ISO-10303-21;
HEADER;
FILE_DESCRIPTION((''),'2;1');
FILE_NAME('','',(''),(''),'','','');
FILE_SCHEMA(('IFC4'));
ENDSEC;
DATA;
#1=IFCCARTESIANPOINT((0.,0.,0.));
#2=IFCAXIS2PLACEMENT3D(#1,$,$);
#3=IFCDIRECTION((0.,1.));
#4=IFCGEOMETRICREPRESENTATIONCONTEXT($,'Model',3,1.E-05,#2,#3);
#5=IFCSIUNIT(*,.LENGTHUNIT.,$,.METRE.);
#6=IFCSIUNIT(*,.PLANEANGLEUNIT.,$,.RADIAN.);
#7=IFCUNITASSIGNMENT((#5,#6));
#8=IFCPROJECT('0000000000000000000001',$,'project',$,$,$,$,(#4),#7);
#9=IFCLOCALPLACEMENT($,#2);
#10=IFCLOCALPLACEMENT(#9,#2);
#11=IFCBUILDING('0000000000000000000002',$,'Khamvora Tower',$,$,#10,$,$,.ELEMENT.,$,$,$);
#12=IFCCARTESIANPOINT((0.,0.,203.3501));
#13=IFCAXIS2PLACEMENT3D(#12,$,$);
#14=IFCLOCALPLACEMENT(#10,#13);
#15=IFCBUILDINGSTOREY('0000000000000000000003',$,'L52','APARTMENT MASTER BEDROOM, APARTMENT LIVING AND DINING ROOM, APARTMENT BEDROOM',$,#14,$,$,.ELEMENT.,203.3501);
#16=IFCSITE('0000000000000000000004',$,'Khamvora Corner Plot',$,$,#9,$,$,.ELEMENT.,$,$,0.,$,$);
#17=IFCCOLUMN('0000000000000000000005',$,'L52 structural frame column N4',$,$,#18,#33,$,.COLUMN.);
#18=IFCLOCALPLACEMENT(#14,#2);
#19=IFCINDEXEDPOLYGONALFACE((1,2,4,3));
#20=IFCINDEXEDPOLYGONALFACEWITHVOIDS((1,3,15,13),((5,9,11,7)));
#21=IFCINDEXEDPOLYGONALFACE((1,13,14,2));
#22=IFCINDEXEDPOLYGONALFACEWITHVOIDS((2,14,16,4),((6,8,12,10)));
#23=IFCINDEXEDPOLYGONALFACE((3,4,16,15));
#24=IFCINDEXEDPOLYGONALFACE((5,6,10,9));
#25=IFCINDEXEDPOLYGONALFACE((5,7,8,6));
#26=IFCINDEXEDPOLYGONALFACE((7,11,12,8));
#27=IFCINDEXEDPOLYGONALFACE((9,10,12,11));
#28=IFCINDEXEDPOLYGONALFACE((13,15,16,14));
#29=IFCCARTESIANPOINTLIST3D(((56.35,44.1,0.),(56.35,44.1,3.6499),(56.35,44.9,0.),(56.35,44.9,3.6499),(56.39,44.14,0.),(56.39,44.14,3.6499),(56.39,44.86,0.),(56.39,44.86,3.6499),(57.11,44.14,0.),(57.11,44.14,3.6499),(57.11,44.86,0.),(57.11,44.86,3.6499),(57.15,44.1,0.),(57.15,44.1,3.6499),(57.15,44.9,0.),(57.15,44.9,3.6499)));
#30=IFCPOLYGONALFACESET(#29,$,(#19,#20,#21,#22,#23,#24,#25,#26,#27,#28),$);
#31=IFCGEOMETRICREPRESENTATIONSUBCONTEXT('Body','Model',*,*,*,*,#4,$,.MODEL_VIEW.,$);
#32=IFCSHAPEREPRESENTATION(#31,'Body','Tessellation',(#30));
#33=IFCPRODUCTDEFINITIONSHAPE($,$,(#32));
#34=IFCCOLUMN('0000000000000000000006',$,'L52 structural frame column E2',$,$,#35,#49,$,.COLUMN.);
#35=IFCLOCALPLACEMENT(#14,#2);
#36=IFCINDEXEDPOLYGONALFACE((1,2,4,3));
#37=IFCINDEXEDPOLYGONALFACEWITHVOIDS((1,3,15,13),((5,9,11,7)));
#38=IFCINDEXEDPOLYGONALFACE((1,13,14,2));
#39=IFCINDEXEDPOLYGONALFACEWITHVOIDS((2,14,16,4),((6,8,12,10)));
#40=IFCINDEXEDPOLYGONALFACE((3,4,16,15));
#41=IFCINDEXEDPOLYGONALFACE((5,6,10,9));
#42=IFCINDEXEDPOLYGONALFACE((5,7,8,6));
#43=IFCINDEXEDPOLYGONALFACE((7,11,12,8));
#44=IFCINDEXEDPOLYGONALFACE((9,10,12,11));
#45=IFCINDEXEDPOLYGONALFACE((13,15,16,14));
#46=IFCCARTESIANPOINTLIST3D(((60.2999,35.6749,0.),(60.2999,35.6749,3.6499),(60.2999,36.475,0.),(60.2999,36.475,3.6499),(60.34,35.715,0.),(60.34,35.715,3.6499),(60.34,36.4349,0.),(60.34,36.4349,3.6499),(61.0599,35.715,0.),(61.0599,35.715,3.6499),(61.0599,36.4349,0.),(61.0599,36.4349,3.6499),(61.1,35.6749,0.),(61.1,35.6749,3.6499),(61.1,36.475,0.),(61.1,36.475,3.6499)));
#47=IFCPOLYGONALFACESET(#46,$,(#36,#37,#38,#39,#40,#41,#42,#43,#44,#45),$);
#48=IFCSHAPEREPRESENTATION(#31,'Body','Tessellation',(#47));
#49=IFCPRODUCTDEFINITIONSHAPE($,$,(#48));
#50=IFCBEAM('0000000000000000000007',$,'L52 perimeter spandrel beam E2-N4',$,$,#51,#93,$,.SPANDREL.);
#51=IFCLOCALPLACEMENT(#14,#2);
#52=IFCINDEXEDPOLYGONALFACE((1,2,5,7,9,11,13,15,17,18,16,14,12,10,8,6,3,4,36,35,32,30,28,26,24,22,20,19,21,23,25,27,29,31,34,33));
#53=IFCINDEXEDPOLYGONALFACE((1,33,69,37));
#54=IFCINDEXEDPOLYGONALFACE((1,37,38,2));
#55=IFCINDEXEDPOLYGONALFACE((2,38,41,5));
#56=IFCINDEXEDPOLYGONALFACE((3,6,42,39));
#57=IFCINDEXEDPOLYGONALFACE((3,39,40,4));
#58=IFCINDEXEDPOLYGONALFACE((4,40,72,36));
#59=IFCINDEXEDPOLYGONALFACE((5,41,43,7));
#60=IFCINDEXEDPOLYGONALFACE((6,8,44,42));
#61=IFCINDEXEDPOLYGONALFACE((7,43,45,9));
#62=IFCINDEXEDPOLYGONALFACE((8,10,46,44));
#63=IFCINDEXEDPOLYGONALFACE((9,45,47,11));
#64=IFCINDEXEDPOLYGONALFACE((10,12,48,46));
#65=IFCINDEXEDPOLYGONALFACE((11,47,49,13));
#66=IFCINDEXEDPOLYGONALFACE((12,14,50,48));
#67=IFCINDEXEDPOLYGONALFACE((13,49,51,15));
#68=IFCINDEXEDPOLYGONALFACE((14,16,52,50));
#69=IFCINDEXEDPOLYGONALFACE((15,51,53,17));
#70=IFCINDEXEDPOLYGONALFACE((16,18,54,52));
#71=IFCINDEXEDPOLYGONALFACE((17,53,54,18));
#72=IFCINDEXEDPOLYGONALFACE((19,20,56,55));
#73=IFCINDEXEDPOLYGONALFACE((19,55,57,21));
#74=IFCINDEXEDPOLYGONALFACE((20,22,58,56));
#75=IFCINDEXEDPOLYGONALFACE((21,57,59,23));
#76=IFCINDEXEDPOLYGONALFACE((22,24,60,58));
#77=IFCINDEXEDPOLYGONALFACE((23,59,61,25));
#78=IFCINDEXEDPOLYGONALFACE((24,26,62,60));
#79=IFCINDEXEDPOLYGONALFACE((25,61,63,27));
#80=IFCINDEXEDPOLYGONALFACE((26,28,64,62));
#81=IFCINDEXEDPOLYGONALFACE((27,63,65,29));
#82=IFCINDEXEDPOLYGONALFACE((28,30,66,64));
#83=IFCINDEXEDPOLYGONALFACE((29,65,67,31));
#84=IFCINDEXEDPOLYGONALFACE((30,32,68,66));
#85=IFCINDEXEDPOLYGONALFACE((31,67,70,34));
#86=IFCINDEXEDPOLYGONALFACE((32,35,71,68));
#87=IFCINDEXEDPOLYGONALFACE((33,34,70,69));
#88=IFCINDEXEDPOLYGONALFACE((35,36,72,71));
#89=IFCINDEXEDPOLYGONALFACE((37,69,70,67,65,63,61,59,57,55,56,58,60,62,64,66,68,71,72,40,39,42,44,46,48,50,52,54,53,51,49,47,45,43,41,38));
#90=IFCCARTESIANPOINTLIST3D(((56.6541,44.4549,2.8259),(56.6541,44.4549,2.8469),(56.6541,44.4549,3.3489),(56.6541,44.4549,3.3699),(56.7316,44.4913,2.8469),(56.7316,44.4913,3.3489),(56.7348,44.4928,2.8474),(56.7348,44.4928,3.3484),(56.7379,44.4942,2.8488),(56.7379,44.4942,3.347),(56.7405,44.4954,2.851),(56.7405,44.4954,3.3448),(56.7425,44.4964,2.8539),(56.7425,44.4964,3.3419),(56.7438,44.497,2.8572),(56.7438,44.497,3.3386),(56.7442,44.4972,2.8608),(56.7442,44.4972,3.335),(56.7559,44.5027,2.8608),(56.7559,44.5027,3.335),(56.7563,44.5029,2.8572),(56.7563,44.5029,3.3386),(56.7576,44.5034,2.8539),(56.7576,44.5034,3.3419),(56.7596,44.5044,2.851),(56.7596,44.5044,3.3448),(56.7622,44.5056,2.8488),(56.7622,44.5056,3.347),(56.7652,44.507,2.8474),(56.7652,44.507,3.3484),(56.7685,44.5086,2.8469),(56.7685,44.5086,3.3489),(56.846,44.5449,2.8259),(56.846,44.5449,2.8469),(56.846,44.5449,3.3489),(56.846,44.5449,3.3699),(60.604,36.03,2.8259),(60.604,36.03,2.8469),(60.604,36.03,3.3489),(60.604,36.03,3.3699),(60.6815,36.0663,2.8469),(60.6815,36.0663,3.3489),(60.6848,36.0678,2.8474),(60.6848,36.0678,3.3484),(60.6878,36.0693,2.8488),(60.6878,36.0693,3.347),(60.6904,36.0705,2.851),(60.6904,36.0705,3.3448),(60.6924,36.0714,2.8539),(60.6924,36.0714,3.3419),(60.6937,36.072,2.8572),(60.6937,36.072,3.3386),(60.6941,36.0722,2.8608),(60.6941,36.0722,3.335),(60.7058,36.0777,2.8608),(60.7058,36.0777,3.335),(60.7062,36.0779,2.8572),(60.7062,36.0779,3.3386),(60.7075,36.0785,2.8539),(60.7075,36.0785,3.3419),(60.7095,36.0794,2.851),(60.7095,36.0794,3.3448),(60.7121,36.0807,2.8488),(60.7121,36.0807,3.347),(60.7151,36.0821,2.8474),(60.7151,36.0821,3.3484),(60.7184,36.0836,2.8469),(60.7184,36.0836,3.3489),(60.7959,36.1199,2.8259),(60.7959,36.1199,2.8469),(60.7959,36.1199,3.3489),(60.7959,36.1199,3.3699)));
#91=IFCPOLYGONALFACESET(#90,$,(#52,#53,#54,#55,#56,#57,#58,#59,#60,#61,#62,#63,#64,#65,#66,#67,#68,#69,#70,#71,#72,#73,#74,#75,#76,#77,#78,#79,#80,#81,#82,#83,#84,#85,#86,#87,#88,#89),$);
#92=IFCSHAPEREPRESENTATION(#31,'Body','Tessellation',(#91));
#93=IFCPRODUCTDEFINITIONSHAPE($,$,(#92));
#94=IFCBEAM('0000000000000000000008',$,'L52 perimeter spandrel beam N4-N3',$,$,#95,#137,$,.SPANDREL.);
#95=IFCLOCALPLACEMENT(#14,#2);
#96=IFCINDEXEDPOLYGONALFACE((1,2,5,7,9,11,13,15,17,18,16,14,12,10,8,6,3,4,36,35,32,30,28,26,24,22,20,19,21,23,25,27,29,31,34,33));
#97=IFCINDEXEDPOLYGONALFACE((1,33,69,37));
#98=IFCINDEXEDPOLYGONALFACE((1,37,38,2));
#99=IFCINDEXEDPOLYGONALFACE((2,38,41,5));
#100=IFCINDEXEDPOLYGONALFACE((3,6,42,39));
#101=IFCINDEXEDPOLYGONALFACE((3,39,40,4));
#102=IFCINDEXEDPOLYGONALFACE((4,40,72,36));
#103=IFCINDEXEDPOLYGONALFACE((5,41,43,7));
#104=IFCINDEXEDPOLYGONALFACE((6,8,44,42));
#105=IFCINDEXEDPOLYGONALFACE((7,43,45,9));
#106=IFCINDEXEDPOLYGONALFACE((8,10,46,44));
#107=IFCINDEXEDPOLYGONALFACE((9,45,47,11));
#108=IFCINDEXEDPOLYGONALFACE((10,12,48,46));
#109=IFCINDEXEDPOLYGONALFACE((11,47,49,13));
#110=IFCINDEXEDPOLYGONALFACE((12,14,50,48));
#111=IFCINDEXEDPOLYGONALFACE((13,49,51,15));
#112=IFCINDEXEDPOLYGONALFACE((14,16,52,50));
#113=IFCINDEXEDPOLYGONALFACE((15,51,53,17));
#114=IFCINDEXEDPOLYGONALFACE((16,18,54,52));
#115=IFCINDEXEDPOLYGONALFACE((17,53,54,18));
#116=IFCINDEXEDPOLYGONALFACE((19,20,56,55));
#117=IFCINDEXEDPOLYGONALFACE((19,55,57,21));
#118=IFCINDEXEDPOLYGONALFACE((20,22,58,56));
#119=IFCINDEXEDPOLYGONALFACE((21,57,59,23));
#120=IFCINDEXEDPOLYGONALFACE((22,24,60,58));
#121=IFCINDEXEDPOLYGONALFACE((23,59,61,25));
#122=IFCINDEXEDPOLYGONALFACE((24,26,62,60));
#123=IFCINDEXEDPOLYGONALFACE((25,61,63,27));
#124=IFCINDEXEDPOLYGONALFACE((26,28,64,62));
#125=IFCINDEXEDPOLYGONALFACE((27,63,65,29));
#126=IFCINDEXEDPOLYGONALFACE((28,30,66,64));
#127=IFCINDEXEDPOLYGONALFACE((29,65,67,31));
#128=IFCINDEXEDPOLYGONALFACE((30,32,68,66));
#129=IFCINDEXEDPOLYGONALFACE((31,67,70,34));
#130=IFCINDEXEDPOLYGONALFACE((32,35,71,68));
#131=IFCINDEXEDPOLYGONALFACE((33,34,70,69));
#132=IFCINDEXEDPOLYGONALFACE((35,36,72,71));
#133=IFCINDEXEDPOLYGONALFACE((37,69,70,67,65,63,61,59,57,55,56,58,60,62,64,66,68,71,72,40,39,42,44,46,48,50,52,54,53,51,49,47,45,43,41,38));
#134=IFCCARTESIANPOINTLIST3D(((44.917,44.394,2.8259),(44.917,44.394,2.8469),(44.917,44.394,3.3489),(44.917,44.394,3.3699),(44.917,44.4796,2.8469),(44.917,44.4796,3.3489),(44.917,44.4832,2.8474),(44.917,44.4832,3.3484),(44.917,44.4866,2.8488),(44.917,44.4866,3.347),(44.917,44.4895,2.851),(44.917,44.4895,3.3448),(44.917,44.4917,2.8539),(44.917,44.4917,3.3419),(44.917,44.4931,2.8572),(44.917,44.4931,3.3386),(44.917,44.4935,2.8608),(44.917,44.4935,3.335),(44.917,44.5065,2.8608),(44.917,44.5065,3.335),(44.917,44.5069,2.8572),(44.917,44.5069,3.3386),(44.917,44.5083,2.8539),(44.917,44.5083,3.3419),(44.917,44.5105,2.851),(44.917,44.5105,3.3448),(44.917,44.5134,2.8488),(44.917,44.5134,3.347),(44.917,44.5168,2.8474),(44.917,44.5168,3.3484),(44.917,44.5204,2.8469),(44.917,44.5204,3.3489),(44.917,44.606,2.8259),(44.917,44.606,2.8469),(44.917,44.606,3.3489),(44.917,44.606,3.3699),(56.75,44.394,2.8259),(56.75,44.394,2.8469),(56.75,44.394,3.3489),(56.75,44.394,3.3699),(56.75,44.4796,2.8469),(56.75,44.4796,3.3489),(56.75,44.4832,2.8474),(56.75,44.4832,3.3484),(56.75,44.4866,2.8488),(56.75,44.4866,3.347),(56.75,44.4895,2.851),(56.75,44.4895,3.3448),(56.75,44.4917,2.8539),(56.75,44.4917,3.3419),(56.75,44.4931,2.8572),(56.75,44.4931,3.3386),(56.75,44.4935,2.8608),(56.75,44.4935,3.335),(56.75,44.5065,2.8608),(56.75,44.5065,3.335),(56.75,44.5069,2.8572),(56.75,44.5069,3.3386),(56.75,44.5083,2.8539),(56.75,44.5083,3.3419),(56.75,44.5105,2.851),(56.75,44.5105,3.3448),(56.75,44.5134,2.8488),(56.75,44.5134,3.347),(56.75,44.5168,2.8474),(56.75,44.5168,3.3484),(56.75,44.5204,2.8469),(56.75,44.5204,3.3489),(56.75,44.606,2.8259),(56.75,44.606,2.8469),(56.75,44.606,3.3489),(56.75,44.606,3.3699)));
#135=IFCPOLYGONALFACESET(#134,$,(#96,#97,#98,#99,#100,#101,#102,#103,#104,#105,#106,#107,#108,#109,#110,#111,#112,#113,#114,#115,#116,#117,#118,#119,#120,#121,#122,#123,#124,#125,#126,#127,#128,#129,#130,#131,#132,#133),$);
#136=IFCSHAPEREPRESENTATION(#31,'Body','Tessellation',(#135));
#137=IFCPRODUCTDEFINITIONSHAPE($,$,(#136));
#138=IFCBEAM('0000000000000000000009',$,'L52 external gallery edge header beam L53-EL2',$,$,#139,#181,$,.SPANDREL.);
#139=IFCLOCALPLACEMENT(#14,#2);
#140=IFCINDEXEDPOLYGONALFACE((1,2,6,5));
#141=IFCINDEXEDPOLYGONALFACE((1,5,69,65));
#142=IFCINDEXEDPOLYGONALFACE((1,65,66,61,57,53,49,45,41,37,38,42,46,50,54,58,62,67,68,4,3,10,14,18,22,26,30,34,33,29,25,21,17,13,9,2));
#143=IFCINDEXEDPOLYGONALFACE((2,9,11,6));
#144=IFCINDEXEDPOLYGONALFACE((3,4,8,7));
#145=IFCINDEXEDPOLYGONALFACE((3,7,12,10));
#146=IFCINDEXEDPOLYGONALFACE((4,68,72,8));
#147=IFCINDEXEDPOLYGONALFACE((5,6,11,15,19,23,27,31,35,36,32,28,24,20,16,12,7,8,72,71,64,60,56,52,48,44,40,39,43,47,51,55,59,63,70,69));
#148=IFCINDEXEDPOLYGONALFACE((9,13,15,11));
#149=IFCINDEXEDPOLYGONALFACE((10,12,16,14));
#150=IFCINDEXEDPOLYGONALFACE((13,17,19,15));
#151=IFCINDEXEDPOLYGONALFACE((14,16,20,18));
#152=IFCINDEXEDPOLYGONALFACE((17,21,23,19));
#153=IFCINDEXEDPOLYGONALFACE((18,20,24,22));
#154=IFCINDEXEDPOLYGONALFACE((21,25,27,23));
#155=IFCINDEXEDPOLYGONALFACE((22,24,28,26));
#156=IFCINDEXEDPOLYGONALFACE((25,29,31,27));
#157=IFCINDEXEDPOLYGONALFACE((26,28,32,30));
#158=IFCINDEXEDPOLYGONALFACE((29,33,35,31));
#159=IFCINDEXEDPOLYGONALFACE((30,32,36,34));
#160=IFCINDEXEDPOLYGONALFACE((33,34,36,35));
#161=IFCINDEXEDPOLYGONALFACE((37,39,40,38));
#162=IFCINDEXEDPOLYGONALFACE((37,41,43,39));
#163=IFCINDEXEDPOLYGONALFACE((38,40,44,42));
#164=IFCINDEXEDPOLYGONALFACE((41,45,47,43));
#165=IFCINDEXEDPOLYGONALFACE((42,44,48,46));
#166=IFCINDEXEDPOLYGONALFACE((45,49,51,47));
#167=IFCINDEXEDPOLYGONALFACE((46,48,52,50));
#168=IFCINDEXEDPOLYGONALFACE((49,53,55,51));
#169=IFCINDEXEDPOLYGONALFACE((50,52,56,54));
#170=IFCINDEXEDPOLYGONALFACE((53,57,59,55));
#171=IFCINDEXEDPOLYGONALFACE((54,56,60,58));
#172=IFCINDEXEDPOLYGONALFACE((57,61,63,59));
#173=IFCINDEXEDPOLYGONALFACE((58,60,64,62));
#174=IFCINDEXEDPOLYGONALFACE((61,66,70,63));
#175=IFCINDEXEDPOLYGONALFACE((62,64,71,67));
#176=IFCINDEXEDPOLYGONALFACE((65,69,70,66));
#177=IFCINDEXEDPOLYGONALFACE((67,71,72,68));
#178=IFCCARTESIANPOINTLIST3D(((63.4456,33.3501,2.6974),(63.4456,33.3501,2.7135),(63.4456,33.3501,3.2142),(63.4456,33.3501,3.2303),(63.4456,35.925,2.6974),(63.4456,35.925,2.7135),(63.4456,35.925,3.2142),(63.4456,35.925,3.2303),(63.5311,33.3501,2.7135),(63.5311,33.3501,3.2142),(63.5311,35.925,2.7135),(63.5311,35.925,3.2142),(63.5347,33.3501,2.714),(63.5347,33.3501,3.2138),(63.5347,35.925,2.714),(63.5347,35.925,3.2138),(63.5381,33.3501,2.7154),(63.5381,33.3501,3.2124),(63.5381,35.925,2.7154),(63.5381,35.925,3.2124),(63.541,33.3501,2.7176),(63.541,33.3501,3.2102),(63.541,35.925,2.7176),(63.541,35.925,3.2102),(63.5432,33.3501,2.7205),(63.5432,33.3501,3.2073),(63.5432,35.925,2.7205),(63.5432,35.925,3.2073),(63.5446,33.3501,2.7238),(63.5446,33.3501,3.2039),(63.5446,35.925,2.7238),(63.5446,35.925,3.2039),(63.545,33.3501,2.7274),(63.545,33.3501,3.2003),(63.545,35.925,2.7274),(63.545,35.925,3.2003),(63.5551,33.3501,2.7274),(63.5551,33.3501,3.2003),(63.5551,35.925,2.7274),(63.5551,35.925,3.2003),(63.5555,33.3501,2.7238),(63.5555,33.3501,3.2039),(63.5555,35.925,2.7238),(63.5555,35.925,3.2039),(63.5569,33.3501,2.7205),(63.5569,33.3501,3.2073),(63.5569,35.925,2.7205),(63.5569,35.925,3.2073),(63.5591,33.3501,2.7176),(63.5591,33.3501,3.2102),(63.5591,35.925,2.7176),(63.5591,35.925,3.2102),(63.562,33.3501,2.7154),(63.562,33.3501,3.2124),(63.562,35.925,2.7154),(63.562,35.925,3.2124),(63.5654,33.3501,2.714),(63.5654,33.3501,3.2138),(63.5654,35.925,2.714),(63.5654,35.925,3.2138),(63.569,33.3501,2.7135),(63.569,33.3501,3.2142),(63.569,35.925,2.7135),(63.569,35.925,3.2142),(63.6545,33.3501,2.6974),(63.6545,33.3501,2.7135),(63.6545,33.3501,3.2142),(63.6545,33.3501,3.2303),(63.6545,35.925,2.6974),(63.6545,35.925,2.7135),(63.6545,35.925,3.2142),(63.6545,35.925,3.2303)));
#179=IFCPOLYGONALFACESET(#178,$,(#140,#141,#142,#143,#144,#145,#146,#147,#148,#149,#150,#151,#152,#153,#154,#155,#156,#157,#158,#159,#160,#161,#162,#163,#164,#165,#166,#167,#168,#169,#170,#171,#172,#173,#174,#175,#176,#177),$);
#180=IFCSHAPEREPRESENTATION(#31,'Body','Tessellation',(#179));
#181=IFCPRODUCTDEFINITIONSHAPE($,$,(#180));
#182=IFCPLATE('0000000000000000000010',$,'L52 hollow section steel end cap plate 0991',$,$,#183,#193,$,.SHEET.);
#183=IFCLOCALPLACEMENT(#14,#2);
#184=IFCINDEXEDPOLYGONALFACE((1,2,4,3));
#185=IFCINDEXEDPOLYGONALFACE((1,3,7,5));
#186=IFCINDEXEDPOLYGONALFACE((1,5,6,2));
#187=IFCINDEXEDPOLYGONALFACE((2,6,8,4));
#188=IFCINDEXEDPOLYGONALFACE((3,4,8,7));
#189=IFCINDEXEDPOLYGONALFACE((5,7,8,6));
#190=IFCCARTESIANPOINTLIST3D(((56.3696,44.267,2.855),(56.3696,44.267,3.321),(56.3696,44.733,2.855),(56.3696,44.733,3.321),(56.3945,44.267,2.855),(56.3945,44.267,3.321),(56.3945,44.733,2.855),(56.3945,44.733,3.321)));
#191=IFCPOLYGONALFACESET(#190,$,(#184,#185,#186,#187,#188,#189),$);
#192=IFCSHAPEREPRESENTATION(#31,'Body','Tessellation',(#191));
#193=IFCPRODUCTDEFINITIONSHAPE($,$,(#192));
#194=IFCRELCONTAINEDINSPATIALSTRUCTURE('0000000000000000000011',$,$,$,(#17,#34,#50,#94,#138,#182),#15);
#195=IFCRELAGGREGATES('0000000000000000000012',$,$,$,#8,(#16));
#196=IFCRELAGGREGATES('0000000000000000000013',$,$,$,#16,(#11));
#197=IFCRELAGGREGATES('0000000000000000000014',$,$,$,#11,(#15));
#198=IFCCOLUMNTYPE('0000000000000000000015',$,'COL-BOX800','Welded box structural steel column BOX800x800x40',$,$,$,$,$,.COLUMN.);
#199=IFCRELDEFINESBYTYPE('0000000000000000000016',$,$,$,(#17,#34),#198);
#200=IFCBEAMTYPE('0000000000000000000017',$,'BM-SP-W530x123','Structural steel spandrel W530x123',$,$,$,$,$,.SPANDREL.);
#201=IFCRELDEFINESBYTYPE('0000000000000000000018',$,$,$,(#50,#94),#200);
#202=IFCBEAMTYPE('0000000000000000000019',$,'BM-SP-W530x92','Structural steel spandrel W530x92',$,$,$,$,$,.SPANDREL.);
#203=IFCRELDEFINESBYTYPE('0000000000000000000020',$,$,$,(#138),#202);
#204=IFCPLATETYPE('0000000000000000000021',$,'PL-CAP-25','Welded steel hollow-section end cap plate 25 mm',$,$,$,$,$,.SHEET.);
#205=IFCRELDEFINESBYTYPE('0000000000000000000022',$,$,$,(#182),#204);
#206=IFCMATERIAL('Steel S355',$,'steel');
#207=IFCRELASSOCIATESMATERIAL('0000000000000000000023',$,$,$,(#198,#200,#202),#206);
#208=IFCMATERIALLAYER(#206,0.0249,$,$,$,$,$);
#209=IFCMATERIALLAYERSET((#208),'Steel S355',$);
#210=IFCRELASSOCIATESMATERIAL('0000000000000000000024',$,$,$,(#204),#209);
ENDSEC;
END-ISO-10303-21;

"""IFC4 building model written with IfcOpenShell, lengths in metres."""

from ifc_helpers import new_model, si_unit, direction, frame, origin, origin_2d, place, context, subcontext, project, spatial, rectangle, hollow_rectangle, i_section, extrude, material, layer, layer_set, material_profile, profile_set, type_object, element, save


model = new_model("IFC4")

# Units and contexts
model_context = context("Model", 3, precision=1e-05, world=origin(), true_north=direction((0.0, 1.0)))
body_context = subcontext(model_context, "Body", "Model", "MODEL_VIEW")
ifc_project = project(units=[si_unit("LENGTHUNIT", "METRE"), si_unit("PLANEANGLEUNIT", "RADIAN")], contexts=[model_context])

# Site, building, storey
site_placement = place(None, origin())
site = spatial("IfcSite", under=ifc_project, at=site_placement, Name="Khamvora Corner Plot", CompositionType="ELEMENT", RefElevation=0.0)
building_placement = place(site_placement, origin())
building = spatial("IfcBuilding", under=site, at=building_placement, Name="Khamvora Tower", CompositionType="ELEMENT")
storey_placement = place(building_placement, frame((0.0, 0.0, 203.3501)))
storey = spatial("IfcBuildingStorey", under=building, at=storey_placement, Name="L52", Description="APARTMENT MASTER BEDROOM, APARTMENT LIVING AND DINING ROOM, APARTMENT BEDROOM", CompositionType="ELEMENT", Elevation=203.3501)

# Columns
ifc_material_1 = material(Name="Steel S355", Category="steel")
ifc_material_profile_1 = material_profile(ifc_material_1, hollow_rectangle(XDim=0.8, YDim=0.8, WallThickness=0.04, at=origin_2d()), Name="BOX800x800x40")
ifc_profile_set_1 = profile_set([ifc_material_profile_1], Name="Steel S355")
column_type = type_object("IfcColumnType", Name="COL-BOX800", Description="Welded box structural steel column BOX800x800x40", PredefinedType="COLUMN", material=ifc_profile_set_1)
for number, where, z_axis, x_axis, name in (
    (1, (56.75, 44.5, 0.0), (0.0, 0.0, 1.0), (1.0, 0.0, 0.0), "L52 structural frame column N4"),
    (2, (60.7, 36.075, 0.0), (0.0, 0.0, 1.0), (1.0, 0.0, 0.0), "L52 structural frame column E2"),
):
    element("IfcColumn", number, at=place(storey_placement, frame(where, z_axis=z_axis, x_axis=x_axis)), inside=storey, type_object=column_type, Name=name, PredefinedType="COLUMN", context=body_context, shape_type="SweptSolid", body=[
        extrude(hollow_rectangle(XDim=0.8, YDim=0.8, WallThickness=0.04, at=origin_2d()), origin(), (0.0, 0.0, 1.0), 3.6499),
    ])

# Beams
ifc_material_profile_2 = material_profile(ifc_material_1, i_section(OverallWidth=0.2119, OverallDepth=0.5439, WebThickness=0.0129, FlangeThickness=0.021, FilletRadius=0.0139, at=origin_2d()), Name="W530x123")
ifc_profile_set_2 = profile_set([ifc_material_profile_2], Name="Steel S355")
beam_type_1 = type_object("IfcBeamType", Name="BM-SP-W530x123", Description="Structural steel spandrel W530x123", PredefinedType="SPANDREL", material=ifc_profile_set_2)
beam_1_placement = place(storey_placement, frame((60.7, 36.075, 3.0979), z_axis=(-0.424496, 0.90543, 0.0), x_axis=(-0.90543, -0.424496, 0.0)))
element("IfcBeam", 3, at=beam_1_placement, inside=storey, type_object=beam_type_1, Name="L52 perimeter spandrel beam E2-N4", PredefinedType="SPANDREL", context=body_context, shape_type="SweptSolid", body=[
    extrude(i_section(OverallWidth=0.2119, OverallDepth=0.5439, WebThickness=0.0129, FlangeThickness=0.021, FilletRadius=0.0139, at=origin_2d()), origin(), (0.0, 0.0, 1.0), 9.3049),
])
beam_2_placement = place(storey_placement, frame((56.75, 44.5, 3.0979), z_axis=(-1.0, 0.0, 0.0), x_axis=(0.0, -1.0, 0.0)))
element("IfcBeam", 4, at=beam_2_placement, inside=storey, type_object=beam_type_1, Name="L52 perimeter spandrel beam N4-N3", PredefinedType="SPANDREL", context=body_context, shape_type="SweptSolid", body=[
    extrude(i_section(OverallWidth=0.2119, OverallDepth=0.5439, WebThickness=0.0129, FlangeThickness=0.021, FilletRadius=0.0139, at=origin_2d()), origin(), (0.0, 0.0, 1.0), 11.833),
])
ifc_material_profile_3 = material_profile(ifc_material_1, i_section(OverallWidth=0.209, OverallDepth=0.533, WebThickness=0.01, FlangeThickness=0.0161, FilletRadius=0.0139, at=origin_2d()), Name="W530x92")
ifc_profile_set_3 = profile_set([ifc_material_profile_3], Name="Steel S355")
beam_type_2 = type_object("IfcBeamType", Name="BM-SP-W530x92", Description="Structural steel spandrel W530x92", PredefinedType="SPANDREL", material=ifc_profile_set_3)
beam_3_placement = place(storey_placement, frame((63.55, 33.3501, 2.9639), z_axis=(0.0, 1.0, 0.0), x_axis=(-1.0, 0.0, 0.0)))
element("IfcBeam", 5, at=beam_3_placement, inside=storey, type_object=beam_type_2, Name="L52 external gallery edge header beam L53-EL2", PredefinedType="SPANDREL", context=body_context, shape_type="SweptSolid", body=[
    extrude(i_section(OverallWidth=0.209, OverallDepth=0.533, WebThickness=0.01, FlangeThickness=0.0161, FilletRadius=0.0139, at=origin_2d()), origin(), (0.0, 0.0, 1.0), 2.575),
])

# Plate
ifc_layer_1 = layer(ifc_material_1, 0.0249)
ifc_layer_set_1 = layer_set([ifc_layer_1], Name="Steel S355")
plate_type_1 = type_object("IfcPlateType", Name="PL-CAP-25", Description="Welded steel hollow-section end cap plate 25 mm", PredefinedType="SHEET", material=ifc_layer_set_1)
plate_1_placement = place(storey_placement, frame((56.3821, 44.5, 2.855), z_axis=(0.0, 0.0, 1.0), x_axis=(1.0, 0.0, 0.0)))
element("IfcPlate", 6, at=plate_1_placement, inside=storey, type_object=plate_type_1, Name="L52 hollow section steel end cap plate 0991", PredefinedType="SHEET", context=body_context, shape_type="SweptSolid", body=[
    extrude(rectangle(XDim=0.0249, YDim=0.4661, at=origin_2d()), origin(), (0.0, 0.0, 1.0), 0.4661),
])

save(model, "model.ifc")
